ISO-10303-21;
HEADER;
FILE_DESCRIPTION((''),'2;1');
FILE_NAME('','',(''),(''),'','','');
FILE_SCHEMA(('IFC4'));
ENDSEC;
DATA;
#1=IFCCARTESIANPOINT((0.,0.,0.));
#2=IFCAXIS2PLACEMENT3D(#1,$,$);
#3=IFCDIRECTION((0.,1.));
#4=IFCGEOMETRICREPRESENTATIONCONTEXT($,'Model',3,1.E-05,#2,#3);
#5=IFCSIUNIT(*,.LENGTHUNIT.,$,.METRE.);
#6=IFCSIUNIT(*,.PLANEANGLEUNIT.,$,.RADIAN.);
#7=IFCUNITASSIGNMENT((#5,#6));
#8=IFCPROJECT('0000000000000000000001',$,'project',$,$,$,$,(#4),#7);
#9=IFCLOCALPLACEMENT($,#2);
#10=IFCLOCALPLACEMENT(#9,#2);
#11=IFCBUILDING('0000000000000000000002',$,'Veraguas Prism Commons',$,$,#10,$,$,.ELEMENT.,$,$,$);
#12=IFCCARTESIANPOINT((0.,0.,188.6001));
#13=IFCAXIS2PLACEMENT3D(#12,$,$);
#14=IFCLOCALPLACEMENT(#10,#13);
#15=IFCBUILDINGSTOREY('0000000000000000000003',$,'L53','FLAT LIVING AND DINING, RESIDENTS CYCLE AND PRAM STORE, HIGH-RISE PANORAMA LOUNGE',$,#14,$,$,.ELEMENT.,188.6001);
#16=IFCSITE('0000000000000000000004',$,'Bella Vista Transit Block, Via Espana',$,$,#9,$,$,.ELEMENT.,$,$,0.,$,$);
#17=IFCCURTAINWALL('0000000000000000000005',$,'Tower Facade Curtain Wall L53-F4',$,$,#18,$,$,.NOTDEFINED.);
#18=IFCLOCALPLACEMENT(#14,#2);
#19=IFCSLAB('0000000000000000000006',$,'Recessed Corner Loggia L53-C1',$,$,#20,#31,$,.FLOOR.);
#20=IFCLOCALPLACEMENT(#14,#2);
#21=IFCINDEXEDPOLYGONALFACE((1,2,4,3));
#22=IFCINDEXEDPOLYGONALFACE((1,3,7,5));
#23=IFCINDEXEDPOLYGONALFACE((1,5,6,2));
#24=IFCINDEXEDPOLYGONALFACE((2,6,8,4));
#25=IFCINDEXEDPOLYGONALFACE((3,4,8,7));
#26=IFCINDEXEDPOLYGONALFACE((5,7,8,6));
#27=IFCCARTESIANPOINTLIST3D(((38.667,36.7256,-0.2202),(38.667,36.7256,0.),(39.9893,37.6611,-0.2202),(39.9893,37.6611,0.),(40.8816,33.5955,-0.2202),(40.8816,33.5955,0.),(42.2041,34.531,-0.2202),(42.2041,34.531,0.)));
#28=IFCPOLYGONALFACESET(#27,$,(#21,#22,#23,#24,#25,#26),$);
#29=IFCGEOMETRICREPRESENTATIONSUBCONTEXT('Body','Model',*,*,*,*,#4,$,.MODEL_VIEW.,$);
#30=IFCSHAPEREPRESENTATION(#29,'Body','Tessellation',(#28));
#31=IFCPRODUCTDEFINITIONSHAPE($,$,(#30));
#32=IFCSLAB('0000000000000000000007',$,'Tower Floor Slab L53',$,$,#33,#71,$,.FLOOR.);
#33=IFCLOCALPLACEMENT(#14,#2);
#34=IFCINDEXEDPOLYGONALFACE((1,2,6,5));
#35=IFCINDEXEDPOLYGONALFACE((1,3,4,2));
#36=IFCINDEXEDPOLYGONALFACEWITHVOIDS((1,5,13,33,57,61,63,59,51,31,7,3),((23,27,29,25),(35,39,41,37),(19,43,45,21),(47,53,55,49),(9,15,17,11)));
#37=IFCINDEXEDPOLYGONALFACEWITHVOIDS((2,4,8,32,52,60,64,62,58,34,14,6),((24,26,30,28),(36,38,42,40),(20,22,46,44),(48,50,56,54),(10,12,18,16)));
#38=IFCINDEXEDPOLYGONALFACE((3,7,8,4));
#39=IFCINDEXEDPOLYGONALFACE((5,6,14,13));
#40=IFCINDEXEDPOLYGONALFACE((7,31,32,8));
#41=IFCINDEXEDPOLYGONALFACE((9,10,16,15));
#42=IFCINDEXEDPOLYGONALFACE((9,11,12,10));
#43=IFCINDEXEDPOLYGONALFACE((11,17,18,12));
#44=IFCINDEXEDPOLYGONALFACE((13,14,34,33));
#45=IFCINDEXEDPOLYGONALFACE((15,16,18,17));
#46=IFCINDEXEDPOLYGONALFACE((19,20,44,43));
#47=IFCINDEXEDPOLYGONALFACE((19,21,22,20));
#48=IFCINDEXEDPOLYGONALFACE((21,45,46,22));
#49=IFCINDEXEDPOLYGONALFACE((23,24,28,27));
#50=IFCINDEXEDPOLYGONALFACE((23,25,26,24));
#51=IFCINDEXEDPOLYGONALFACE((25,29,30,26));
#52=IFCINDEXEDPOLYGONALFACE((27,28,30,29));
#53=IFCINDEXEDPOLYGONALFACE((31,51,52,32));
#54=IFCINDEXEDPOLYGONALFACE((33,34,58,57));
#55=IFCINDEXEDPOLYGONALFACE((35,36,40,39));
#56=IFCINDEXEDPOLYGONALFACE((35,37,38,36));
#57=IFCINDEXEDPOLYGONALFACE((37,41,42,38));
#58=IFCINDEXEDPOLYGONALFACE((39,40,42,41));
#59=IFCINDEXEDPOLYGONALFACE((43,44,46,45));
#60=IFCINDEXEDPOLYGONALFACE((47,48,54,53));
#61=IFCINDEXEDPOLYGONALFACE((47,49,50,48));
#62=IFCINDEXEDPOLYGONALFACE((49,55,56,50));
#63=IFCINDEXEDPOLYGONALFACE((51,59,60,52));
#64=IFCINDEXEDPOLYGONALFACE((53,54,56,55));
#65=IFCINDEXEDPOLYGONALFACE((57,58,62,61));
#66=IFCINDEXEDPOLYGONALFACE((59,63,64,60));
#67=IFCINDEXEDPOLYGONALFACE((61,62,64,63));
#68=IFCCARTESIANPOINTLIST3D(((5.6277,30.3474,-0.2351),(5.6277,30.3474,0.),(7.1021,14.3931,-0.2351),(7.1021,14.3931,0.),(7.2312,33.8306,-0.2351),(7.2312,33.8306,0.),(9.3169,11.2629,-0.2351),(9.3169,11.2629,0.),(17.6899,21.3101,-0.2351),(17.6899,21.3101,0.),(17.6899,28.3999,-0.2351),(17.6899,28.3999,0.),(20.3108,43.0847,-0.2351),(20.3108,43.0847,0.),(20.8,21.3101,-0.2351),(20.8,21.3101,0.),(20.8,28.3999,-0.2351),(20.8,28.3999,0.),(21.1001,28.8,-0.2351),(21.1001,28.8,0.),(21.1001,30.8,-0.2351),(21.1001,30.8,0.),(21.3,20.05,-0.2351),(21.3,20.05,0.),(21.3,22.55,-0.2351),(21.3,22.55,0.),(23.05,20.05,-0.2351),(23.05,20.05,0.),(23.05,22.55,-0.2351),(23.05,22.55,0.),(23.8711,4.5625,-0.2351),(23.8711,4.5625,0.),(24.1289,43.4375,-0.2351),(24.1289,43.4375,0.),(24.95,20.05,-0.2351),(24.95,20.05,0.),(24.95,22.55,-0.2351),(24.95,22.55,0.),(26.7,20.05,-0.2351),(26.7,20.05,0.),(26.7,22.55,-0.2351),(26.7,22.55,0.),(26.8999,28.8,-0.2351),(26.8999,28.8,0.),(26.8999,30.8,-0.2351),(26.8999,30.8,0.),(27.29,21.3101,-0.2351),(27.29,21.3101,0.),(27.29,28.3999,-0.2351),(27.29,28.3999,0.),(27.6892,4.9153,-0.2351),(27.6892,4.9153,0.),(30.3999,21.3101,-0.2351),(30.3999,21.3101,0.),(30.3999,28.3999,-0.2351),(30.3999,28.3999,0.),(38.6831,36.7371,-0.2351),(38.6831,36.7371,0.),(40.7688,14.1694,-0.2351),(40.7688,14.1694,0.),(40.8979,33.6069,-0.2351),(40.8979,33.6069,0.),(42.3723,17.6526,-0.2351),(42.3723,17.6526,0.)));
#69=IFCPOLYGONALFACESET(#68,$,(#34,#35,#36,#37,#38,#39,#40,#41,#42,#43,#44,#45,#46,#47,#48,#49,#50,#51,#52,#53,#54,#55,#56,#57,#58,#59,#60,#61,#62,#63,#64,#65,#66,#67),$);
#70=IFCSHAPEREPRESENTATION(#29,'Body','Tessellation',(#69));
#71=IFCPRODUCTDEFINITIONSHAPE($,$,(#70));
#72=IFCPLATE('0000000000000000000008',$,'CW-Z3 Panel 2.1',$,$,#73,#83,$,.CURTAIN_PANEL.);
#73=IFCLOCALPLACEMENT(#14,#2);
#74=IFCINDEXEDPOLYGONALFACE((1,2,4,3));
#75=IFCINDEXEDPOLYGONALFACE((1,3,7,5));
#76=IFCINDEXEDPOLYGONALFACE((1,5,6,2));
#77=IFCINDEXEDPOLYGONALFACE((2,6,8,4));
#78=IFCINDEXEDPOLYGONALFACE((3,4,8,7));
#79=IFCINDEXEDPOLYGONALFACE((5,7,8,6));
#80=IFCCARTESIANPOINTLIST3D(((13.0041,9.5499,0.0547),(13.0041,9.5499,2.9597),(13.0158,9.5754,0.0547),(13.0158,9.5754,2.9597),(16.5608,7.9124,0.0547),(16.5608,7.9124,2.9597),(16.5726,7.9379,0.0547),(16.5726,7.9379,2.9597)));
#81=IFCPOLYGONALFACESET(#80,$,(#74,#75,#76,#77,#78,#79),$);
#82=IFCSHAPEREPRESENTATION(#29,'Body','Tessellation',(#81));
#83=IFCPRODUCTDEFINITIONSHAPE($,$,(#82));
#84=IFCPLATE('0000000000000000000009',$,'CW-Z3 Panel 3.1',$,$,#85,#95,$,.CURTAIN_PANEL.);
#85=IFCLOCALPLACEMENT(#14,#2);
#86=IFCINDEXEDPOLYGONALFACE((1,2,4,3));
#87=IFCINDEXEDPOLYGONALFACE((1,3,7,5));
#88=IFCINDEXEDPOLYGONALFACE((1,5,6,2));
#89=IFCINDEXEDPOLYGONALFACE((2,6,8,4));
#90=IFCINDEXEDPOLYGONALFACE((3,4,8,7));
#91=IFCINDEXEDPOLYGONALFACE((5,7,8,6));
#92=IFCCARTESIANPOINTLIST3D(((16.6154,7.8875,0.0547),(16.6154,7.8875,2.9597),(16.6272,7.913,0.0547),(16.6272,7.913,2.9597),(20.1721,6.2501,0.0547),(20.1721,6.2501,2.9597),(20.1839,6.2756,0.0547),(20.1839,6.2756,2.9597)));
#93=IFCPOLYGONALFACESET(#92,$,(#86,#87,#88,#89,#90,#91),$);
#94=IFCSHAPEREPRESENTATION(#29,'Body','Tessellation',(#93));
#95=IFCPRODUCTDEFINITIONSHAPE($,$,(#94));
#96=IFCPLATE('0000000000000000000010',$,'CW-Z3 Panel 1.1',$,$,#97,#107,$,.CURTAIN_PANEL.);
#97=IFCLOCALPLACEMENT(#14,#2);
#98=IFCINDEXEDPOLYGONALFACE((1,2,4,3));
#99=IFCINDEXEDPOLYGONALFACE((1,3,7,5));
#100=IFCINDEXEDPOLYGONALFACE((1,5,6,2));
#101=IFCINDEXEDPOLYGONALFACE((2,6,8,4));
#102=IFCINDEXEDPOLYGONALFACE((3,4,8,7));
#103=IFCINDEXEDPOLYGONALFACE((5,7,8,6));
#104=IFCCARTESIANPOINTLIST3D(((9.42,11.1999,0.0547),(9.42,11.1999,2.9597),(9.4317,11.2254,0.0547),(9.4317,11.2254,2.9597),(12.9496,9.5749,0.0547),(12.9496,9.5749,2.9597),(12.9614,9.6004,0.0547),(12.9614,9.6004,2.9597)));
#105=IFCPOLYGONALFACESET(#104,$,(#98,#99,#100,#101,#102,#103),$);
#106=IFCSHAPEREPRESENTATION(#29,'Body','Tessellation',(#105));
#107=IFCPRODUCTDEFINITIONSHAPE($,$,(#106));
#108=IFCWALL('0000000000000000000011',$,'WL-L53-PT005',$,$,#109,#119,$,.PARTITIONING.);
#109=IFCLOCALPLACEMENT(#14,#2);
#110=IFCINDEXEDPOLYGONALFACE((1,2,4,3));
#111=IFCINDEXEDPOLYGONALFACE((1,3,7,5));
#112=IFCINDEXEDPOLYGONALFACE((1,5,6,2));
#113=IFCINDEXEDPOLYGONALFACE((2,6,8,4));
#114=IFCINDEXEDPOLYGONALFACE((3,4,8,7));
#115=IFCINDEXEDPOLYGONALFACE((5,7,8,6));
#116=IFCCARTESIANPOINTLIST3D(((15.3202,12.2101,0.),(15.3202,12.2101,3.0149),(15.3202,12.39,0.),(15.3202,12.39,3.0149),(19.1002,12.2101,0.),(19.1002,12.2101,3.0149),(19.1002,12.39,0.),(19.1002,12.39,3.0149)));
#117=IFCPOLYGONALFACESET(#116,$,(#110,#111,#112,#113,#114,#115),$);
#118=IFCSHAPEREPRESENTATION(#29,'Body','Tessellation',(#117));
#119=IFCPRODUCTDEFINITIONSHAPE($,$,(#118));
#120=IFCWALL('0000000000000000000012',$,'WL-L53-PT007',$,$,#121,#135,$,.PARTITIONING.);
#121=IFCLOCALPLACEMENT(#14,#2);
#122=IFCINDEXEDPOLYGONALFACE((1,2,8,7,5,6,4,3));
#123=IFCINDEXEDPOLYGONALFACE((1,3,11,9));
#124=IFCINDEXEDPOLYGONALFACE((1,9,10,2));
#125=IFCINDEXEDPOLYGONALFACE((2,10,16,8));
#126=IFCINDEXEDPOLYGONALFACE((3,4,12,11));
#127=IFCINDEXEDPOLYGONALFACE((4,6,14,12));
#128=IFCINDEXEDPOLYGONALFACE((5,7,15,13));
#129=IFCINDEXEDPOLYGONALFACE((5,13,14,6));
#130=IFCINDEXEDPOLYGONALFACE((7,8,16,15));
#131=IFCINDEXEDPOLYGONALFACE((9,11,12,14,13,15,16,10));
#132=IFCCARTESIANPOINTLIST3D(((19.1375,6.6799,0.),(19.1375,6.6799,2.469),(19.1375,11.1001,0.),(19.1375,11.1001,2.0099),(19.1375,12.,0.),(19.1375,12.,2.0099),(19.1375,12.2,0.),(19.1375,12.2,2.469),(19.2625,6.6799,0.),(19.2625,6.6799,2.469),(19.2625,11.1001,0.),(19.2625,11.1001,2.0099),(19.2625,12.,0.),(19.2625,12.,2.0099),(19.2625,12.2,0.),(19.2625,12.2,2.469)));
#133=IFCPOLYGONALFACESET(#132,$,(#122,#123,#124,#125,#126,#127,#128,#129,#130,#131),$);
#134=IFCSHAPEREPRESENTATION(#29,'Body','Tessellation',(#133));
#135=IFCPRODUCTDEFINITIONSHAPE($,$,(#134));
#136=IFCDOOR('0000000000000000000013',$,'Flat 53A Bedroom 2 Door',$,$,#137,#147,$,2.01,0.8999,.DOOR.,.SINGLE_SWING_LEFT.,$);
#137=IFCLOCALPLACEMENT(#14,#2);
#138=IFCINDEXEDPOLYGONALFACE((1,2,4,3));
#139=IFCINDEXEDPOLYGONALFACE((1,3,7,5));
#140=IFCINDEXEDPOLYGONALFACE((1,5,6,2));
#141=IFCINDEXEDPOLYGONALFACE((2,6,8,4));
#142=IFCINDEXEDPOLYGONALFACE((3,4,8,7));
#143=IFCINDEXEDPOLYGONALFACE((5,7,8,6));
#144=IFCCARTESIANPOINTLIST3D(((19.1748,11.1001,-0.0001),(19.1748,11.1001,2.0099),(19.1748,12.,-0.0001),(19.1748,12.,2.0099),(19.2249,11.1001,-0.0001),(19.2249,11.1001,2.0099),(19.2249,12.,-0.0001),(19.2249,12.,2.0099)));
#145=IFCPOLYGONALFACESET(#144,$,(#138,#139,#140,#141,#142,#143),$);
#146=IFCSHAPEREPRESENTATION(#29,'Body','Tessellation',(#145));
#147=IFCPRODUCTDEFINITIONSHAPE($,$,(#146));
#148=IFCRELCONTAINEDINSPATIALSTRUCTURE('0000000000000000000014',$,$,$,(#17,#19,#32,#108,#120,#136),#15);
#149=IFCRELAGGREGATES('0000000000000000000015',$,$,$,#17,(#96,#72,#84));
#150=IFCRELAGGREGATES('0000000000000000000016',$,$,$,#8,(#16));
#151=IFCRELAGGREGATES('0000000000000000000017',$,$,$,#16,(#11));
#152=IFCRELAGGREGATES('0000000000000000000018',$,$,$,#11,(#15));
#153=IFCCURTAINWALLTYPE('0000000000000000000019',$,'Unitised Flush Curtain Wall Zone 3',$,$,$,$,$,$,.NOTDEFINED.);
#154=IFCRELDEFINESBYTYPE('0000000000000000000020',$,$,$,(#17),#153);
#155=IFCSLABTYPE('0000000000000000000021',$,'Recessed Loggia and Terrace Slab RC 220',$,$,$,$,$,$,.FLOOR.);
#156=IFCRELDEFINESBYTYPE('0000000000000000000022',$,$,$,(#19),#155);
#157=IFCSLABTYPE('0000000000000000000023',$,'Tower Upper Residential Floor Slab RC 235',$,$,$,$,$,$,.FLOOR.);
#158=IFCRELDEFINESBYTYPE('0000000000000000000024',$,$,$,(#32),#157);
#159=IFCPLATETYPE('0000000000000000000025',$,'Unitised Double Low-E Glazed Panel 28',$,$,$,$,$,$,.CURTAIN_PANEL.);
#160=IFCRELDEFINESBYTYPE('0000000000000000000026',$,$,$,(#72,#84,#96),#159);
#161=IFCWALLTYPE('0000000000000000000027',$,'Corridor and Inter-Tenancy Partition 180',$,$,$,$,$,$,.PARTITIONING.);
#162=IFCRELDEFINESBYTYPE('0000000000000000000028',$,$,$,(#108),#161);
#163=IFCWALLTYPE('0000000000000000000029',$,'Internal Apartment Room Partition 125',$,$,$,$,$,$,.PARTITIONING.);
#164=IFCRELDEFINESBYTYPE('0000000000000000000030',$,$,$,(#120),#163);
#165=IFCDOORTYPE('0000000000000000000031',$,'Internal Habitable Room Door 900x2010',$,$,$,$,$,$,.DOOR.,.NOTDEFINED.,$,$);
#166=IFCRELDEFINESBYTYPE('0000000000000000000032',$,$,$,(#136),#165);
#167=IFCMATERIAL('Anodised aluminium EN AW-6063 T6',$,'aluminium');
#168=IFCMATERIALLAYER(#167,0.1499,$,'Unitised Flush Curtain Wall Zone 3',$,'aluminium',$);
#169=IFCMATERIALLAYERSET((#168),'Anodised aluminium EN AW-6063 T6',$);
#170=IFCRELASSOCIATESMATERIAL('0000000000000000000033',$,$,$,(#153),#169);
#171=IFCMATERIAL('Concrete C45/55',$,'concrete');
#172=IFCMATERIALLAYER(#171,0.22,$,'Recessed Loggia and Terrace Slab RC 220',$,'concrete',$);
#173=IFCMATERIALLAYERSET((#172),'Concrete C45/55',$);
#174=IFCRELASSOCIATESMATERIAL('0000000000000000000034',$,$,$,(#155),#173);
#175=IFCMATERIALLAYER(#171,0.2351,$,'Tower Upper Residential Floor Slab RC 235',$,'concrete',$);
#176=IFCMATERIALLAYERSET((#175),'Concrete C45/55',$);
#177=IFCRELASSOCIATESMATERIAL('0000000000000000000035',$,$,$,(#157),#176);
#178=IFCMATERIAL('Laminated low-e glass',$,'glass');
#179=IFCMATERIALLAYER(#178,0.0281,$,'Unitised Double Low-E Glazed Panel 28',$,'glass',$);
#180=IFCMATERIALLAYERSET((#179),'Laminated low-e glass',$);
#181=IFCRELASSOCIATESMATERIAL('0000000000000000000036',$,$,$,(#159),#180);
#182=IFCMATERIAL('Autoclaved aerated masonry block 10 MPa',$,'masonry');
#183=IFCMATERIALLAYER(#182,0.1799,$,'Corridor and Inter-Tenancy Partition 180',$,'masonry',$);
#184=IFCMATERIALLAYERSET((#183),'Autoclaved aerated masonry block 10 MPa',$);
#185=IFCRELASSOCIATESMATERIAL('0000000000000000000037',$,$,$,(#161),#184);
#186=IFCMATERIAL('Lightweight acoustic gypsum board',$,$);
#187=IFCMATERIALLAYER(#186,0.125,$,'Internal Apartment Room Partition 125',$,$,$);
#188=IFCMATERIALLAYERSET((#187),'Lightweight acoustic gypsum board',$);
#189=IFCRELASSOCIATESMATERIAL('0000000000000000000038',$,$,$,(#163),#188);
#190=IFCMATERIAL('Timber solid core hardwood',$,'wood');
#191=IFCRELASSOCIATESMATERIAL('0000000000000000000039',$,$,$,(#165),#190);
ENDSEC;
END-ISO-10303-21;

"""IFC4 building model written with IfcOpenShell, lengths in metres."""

from ifc_helpers import new_model, si_unit, direction, frame, frame_2d, origin, origin_2d, place, context, subcontext, project, spatial, polyline, rectangle, outline, extrude, source, transform, mapped, material, layer, layer_set, type_object, element, fill, aggregate, save


model = new_model("IFC4")

# Units and contexts
model_context = context("Model", 3, precision=1e-05, world=origin(), true_north=direction((0.0, 1.0)))
body_context = subcontext(model_context, "Body", "Model", "MODEL_VIEW")
ifc_project = project(units=[si_unit("LENGTHUNIT", "METRE"), si_unit("PLANEANGLEUNIT", "RADIAN")], contexts=[model_context])

# Site, building, storey
site_placement = place(None, origin())
site = spatial("IfcSite", under=ifc_project, at=site_placement, Name="Bella Vista Transit Block, Via Espana", CompositionType="ELEMENT", RefElevation=0.0)
building_placement = place(site_placement, origin())
building = spatial("IfcBuilding", under=site, at=building_placement, Name="Veraguas Prism Commons", CompositionType="ELEMENT")
storey_placement = place(building_placement, frame((0.0, 0.0, 188.6001)))
storey = spatial("IfcBuildingStorey", under=building, at=storey_placement, Name="L53", Description="FLAT LIVING AND DINING, RESIDENTS CYCLE AND PRAM STORE, HIGH-RISE PANORAMA LOUNGE", CompositionType="ELEMENT", Elevation=188.6001)

# Curtain wall
ifc_material_1 = material(Name="Anodised aluminium EN AW-6063 T6", Category="aluminium")
ifc_layer_1 = layer(ifc_material_1, 0.1499, Name="Unitised Flush Curtain Wall Zone 3", Category="aluminium")
ifc_layer_set_1 = layer_set([ifc_layer_1], Name="Anodised aluminium EN AW-6063 T6")
curtain_wall_type = type_object("IfcCurtainWallType", Name="Unitised Flush Curtain Wall Zone 3", PredefinedType="NOTDEFINED", material=ifc_layer_set_1)
curtain_wall_1_placement = place(storey_placement, origin())
curtain_wall_1 = element("IfcCurtainWall", 1, at=curtain_wall_1_placement, inside=storey, type_object=curtain_wall_type, Name="Tower Facade Curtain Wall L53-F4", PredefinedType="NOTDEFINED")

# Slabs
ifc_material_2 = material(Name="Concrete C45/55", Category="concrete")
ifc_layer_2 = layer(ifc_material_2, 0.22, Name="Recessed Loggia and Terrace Slab RC 220", Category="concrete")
ifc_layer_set_2 = layer_set([ifc_layer_2], Name="Concrete C45/55")
slab_type_1 = type_object("IfcSlabType", Name="Recessed Loggia and Terrace Slab RC 220", PredefinedType="FLOOR", material=ifc_layer_set_2)
slab_1_placement = place(storey_placement, frame((0.0, 0.0, -0.2202)))
element("IfcSlab", 2, at=slab_1_placement, inside=storey, type_object=slab_type_1, Name="Recessed Corner Loggia L53-C1", PredefinedType="FLOOR", context=body_context, shape_type="SweptSolid", body=[
    extrude(outline(polyline([(40.8816, 33.5955), (42.2041, 34.531), (39.9893, 37.6611), (38.667, 36.7256), (40.8816, 33.5955)])), origin(), (0.0, 0.0, 1.0), 0.2202),
])
ifc_layer_3 = layer(ifc_material_2, 0.2351, Name="Tower Upper Residential Floor Slab RC 235", Category="concrete")
ifc_layer_set_3 = layer_set([ifc_layer_3], Name="Concrete C45/55")
slab_type_2 = type_object("IfcSlabType", Name="Tower Upper Residential Floor Slab RC 235", PredefinedType="FLOOR", material=ifc_layer_set_3)
slab_2_placement = place(storey_placement, frame((0.0, 0.0, -0.2351)))
element("IfcSlab", 3, at=slab_2_placement, inside=storey, type_object=slab_type_2, Name="Tower Floor Slab L53", PredefinedType="FLOOR", context=body_context, shape_type="SweptSolid", body=[
    extrude(outline(polyline([(40.8979, 33.6069), (38.6831, 36.7371), (24.1289, 43.4375), (20.3108, 43.0847), (7.2312, 33.8306), (5.6277, 30.3474), (7.1021, 14.3931), (9.3169, 11.2629), (23.8711, 4.5625), (27.6892, 4.9153), (40.7688, 14.1694), (42.3723, 17.6526), (40.8979, 33.6069)]), holes=[polyline([(20.8, 21.3101), (20.8, 28.3999), (17.6899, 28.3999), (17.6899, 21.3101), (20.8, 21.3101)]), polyline([(30.3999, 21.3101), (30.3999, 28.3999), (27.29, 28.3999), (27.29, 21.3101), (30.3999, 21.3101)]), polyline([(21.1001, 28.8), (26.8999, 28.8), (26.8999, 30.8), (21.1001, 30.8), (21.1001, 28.8)]), polyline([(21.3, 20.05), (23.05, 20.05), (23.05, 22.55), (21.3, 22.55), (21.3, 20.05)]), polyline([(24.95, 20.05), (26.7, 20.05), (26.7, 22.55), (24.95, 22.55), (24.95, 20.05)])]), origin(), (0.0, 0.0, 1.0), 0.2351),
])

# Plates
ifc_material_3 = material(Name="Laminated low-e glass", Category="glass")
ifc_layer_4 = layer(ifc_material_3, 0.0281, Name="Unitised Double Low-E Glazed Panel 28", Category="glass")
ifc_layer_set_4 = layer_set([ifc_layer_4], Name="Laminated low-e glass")
plate_type = type_object("IfcPlateType", Name="Unitised Double Low-E Glazed Panel 28", PredefinedType="CURTAIN_PANEL", material=ifc_layer_set_4)
shared_shape_1 = source(origin(), body_context, "Body", "SweptSolid", [
    extrude(rectangle(XDim=3.9155, YDim=0.0281, at=origin_2d()), origin(), (0.0, 0.0, 1.0), 2.905),
])
plate_1_placement = place(storey_placement, frame((14.7883, 8.7439, 0.0547), z_axis=(0.0, 0.0, 1.0), x_axis=(0.908362, -0.418186, 0.0)))
plate_1 = element("IfcPlate", 4, at=plate_1_placement, type_object=plate_type, Name="CW-Z3 Panel 2.1", PredefinedType="CURTAIN_PANEL", context=body_context, shape_type="MappedRepresentation", body=[
    mapped(shared_shape_1, transform((0.0, 0.0, 0.0), scale=1.0)),
])
plate_2_placement = place(storey_placement, frame((18.3997, 7.0815, 0.0547), z_axis=(0.0, 0.0, 1.0), x_axis=(0.908362, -0.418186, 0.0)))
plate_2 = element("IfcPlate", 5, at=plate_2_placement, type_object=plate_type, Name="CW-Z3 Panel 3.1", PredefinedType="CURTAIN_PANEL", context=body_context, shape_type="MappedRepresentation", body=[
    mapped(shared_shape_1, transform((0.0, 0.0, 0.0), scale=1.0)),
])
shared_shape_2 = source(origin(), body_context, "Body", "SweptSolid", [
    extrude(rectangle(XDim=3.8857, YDim=0.0281, at=origin_2d()), origin(), (0.0, 0.0, 1.0), 2.905),
])
plate_3_placement = place(storey_placement, frame((11.1907, 10.4001, 0.0547), z_axis=(0.0, 0.0, 1.0), x_axis=(0.908362, -0.418186, 0.0)))
plate_3 = element("IfcPlate", 6, at=plate_3_placement, type_object=plate_type, Name="CW-Z3 Panel 1.1", PredefinedType="CURTAIN_PANEL", context=body_context, shape_type="MappedRepresentation", body=[
    mapped(shared_shape_2, transform((0.0, 0.0, 0.0), scale=1.0)),
])
aggregate(curtain_wall_1, [plate_3, plate_1, plate_2])

# Wall
ifc_material_4 = material(Name="Autoclaved aerated masonry block 10 MPa", Category="masonry")
ifc_layer_5 = layer(ifc_material_4, 0.1799, Name="Corridor and Inter-Tenancy Partition 180", Category="masonry")
ifc_layer_set_5 = layer_set([ifc_layer_5], Name="Autoclaved aerated masonry block 10 MPa")
wall_type_1 = type_object("IfcWallType", Name="Corridor and Inter-Tenancy Partition 180", PredefinedType="PARTITIONING", material=ifc_layer_set_5)
wall_1_placement = place(storey_placement, frame((15.3201, 12.3, 0.0), z_axis=(0.0, 0.0, 1.0), x_axis=(1.0, 0.0, 0.0)))
element("IfcWall", 7, at=wall_1_placement, inside=storey, type_object=wall_type_1, Name="WL-L53-PT005", PredefinedType="PARTITIONING", context=body_context, shape_type="SweptSolid", body=[
    extrude(rectangle(XDim=3.78, YDim=0.1799, at=frame_2d((1.8901, 0.0))), origin(), (0.0, 0.0, 1.0), 3.0149),
])

# Wall, opening, door
ifc_material_5 = material(Name="Lightweight acoustic gypsum board")
ifc_layer_6 = layer(ifc_material_5, 0.125, Name="Internal Apartment Room Partition 125")
ifc_layer_set_6 = layer_set([ifc_layer_6], Name="Lightweight acoustic gypsum board")
wall_type_2 = type_object("IfcWallType", Name="Internal Apartment Room Partition 125", PredefinedType="PARTITIONING", material=ifc_layer_set_6)
wall_2_placement = place(storey_placement, frame((19.2, 12.2, 0.0), z_axis=(0.0, 0.0, 1.0), x_axis=(0.0, -1.0, 0.0)))
wall_2 = element("IfcWall", 8, at=wall_2_placement, inside=storey, type_object=wall_type_2, Name="WL-L53-PT007", PredefinedType="PARTITIONING", context=body_context, shape_type="SweptSolid", body=[
    extrude(rectangle(XDim=5.52, YDim=0.125, at=frame_2d((2.76, 0.0))), origin(), (0.0, 0.0, 1.0), 2.469),
])
opening_1_placement = place(wall_2_placement, frame((0.2, 0.0, 0.0)))
opening_1 = element("IfcOpeningElement", 9, at=opening_1_placement, cuts=wall_2, PredefinedType="OPENING", context=body_context, shape_type="SweptSolid", body=[
    extrude(rectangle(XDim=0.8999, YDim=2.01, at=frame_2d((0.45, 1.0049))), frame((0.0, 0.0725, 0.0), z_axis=(0.0, -1.0, 0.0), x_axis=(1.0, 0.0, 0.0)), (0.0, 0.0, 1.0), 0.145),
])
ifc_material_6 = material(Name="Timber solid core hardwood", Category="wood")
door_type_1 = type_object("IfcDoorType", Name="Internal Habitable Room Door 900x2010", OperationType="NOTDEFINED", PredefinedType="DOOR", material=ifc_material_6)
shared_shape_3 = source(origin(), body_context, "Body", "SweptSolid", [
    extrude(rectangle(XDim=0.8999, YDim=2.01, at=frame_2d((0.45, 1.0049))), frame((0.0, 0.0249, 0.0), z_axis=(0.0, -1.0, 0.0), x_axis=(1.0, 0.0, 0.0)), (0.0, 0.0, 1.0), 0.05),
])
door_1_placement = place(opening_1_placement, origin())
door_1 = element("IfcDoor", 10, at=door_1_placement, inside=storey, type_object=door_type_1, Name="Flat 53A Bedroom 2 Door", OperationType="SINGLE_SWING_LEFT", OverallHeight=2.01, OverallWidth=0.8999, PredefinedType="DOOR", context=body_context, shape_type="MappedRepresentation", body=[
    mapped(shared_shape_3, transform((0.0, 0.0, 0.0), scale=1.0)),
])
fill(opening_1, door_1)

save(model, "model.ifc")
